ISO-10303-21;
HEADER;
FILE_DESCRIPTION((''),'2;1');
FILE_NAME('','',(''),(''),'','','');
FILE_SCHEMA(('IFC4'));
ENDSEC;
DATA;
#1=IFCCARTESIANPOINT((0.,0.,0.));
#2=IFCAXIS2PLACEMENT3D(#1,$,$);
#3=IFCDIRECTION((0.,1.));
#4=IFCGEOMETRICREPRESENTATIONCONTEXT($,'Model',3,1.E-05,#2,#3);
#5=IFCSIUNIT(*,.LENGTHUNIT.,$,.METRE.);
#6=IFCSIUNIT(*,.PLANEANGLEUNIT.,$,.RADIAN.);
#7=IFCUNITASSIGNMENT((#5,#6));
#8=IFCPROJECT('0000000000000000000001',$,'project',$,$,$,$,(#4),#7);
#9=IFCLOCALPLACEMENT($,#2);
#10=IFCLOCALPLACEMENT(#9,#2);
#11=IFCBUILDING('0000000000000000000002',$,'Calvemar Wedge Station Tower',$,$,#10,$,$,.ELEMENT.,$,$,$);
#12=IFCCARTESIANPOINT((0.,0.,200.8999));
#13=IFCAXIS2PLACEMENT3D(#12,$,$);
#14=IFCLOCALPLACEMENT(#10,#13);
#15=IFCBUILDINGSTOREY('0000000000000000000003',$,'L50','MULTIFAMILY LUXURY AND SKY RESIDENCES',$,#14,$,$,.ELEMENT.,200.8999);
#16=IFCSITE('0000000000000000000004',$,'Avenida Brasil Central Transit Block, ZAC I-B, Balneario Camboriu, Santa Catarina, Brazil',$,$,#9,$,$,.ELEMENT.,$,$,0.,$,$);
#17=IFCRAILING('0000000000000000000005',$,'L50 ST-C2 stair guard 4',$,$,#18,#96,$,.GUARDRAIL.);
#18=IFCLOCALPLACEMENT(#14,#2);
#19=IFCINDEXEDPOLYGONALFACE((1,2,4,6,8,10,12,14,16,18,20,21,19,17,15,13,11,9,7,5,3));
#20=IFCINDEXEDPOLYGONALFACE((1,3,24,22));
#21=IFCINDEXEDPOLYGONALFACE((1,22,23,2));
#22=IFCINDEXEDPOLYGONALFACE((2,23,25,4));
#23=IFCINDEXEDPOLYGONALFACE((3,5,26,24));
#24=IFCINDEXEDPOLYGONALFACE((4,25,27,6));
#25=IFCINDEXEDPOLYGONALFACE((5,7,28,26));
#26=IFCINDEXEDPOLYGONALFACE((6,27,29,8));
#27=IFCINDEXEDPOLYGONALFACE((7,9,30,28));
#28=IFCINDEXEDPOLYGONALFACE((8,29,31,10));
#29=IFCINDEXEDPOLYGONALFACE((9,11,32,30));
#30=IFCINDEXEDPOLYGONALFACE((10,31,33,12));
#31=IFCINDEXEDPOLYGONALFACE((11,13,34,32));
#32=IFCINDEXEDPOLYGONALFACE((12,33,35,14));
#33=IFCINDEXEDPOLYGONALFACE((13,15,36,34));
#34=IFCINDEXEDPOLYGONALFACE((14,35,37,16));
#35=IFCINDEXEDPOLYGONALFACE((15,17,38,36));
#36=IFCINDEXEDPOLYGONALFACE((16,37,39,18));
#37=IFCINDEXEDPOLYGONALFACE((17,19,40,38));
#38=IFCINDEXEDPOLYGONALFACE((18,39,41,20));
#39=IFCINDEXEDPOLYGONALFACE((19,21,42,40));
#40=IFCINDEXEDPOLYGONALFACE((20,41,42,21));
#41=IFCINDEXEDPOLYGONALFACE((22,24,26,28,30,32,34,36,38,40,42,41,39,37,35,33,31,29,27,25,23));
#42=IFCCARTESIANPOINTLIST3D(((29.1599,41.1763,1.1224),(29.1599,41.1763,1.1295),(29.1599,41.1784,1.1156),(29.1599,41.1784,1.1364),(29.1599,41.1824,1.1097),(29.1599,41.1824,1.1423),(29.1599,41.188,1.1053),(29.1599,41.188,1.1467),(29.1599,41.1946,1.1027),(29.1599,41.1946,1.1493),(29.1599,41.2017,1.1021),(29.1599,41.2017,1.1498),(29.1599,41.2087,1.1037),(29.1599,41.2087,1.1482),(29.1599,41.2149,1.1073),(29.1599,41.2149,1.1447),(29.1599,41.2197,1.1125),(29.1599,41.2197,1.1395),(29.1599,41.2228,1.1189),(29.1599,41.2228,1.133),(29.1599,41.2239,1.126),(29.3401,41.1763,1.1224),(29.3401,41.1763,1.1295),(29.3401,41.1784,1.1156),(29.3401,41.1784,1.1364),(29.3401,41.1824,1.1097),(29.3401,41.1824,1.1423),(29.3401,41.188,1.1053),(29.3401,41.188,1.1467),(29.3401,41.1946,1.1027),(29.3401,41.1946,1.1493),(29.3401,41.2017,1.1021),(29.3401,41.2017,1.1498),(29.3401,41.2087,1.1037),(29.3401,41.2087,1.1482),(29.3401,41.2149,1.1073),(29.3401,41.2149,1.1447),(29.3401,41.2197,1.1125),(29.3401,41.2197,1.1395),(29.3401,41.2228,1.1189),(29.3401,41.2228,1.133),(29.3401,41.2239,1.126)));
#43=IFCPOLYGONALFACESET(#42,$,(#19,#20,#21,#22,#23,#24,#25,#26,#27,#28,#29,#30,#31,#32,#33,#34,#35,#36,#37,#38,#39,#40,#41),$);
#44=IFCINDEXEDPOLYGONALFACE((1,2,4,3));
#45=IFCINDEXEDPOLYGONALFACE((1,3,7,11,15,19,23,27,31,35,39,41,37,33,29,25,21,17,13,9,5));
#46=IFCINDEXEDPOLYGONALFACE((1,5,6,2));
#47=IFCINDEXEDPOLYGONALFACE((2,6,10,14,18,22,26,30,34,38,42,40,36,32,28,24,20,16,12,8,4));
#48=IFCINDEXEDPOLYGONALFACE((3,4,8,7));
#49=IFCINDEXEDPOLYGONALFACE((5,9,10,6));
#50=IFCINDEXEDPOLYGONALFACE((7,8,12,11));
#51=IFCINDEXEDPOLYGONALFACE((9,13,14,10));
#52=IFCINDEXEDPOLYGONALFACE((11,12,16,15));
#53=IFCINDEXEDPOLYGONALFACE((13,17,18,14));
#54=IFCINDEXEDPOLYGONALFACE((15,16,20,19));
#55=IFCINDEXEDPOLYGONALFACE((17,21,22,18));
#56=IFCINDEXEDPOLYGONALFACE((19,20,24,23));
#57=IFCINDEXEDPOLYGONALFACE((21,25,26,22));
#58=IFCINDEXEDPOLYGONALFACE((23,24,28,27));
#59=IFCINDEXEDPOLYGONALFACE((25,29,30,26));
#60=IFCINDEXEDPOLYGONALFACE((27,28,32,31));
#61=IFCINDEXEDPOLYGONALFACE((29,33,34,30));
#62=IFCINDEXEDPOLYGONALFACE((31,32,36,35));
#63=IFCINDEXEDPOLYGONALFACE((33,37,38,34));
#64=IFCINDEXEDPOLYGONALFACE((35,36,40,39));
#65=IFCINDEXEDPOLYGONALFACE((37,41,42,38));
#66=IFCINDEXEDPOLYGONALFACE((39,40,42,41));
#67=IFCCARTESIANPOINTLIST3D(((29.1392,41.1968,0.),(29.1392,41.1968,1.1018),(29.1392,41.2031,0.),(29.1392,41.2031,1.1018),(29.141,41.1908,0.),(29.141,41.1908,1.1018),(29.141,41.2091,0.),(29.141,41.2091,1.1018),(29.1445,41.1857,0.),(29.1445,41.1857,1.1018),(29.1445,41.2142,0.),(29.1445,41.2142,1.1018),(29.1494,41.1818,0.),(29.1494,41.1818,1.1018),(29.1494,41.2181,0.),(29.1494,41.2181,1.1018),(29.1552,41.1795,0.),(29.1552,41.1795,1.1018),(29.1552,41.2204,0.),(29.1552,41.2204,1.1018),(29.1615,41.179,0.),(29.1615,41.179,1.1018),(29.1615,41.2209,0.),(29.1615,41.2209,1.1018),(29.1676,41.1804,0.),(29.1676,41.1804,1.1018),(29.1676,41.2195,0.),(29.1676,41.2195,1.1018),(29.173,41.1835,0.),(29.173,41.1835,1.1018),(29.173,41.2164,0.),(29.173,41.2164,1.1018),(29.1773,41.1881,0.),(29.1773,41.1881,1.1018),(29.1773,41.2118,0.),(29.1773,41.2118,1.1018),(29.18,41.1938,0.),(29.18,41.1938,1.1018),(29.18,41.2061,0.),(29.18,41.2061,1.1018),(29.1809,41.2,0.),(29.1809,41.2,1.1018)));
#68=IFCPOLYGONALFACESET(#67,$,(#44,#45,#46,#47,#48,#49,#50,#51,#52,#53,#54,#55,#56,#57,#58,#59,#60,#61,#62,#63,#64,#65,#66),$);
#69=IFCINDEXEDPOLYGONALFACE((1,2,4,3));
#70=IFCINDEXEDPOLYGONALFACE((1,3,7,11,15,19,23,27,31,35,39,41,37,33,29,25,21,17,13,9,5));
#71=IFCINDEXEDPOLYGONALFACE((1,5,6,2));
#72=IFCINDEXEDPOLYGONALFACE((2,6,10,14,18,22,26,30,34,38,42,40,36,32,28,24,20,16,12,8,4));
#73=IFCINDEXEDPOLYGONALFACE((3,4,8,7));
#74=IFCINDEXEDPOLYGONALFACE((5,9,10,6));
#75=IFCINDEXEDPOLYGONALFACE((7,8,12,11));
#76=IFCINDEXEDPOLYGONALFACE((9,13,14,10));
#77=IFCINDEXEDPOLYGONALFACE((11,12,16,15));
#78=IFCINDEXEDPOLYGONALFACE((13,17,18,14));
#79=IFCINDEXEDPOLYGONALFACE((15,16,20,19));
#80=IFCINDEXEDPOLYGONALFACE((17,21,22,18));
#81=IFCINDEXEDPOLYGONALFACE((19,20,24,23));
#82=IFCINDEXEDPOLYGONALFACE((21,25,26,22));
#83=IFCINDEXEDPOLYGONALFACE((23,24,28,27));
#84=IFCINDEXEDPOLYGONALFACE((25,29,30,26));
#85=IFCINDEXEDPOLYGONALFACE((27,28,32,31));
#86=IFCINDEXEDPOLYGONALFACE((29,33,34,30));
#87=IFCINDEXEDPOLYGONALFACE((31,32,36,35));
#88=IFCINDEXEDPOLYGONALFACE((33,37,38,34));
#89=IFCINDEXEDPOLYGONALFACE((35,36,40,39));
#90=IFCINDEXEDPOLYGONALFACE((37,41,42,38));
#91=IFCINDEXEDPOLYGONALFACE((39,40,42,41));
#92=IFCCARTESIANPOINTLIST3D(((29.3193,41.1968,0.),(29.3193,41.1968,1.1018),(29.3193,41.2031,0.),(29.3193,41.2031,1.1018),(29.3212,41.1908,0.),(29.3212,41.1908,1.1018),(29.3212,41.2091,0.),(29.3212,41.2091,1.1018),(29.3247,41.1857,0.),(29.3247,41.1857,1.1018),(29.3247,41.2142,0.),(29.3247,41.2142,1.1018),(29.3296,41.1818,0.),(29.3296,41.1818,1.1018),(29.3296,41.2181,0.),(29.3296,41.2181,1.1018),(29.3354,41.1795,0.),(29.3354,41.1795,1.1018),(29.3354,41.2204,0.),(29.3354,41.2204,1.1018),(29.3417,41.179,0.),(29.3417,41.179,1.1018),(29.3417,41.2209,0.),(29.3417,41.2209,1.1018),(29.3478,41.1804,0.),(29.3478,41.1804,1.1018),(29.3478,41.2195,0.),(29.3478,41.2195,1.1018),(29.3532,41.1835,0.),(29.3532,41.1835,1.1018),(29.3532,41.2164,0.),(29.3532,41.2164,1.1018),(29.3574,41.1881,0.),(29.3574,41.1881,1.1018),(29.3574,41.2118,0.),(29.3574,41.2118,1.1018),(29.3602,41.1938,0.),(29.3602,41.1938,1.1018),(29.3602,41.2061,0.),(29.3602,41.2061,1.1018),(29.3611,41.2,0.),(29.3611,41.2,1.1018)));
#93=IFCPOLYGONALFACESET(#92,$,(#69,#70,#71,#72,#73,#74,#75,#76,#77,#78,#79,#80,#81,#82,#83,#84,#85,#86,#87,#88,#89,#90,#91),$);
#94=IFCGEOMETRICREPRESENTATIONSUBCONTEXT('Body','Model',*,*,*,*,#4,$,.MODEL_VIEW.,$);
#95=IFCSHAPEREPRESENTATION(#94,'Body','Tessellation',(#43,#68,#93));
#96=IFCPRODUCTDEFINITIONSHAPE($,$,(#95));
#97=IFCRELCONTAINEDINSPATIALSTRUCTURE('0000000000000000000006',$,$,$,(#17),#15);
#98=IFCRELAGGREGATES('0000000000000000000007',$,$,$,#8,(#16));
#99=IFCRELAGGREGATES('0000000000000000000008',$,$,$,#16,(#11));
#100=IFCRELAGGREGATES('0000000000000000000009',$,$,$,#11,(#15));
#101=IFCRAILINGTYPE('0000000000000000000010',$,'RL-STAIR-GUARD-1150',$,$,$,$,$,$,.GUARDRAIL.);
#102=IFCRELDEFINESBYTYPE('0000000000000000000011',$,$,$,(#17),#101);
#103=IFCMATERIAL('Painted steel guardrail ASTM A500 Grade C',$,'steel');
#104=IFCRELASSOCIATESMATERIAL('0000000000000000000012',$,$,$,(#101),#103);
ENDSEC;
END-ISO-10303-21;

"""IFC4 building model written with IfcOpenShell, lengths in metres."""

from ifc_helpers import new_model, si_unit, direction, frame, origin, origin_2d, place, context, subcontext, project, spatial, circle, extrude, material, type_object, element, save


model = new_model("IFC4")

# Units and contexts
model_context = context("Model", 3, precision=1e-05, world=origin(), true_north=direction((0.0, 1.0)))
body_context = subcontext(model_context, "Body", "Model", "MODEL_VIEW")
ifc_project = project(units=[si_unit("LENGTHUNIT", "METRE"), si_unit("PLANEANGLEUNIT", "RADIAN")], contexts=[model_context])

# Site, building, storey
site_placement = place(None, origin())
site = spatial("IfcSite", under=ifc_project, at=site_placement, Name="Avenida Brasil Central Transit Block, ZAC I-B, Balneario Camboriu, Santa Catarina, Brazil", CompositionType="ELEMENT", RefElevation=0.0)
building_placement = place(site_placement, origin())
building = spatial("IfcBuilding", under=site, at=building_placement, Name="Calvemar Wedge Station Tower", CompositionType="ELEMENT")
storey_placement = place(building_placement, frame((0.0, 0.0, 200.8999)))
storey = spatial("IfcBuildingStorey", under=building, at=storey_placement, Name="L50", Description="MULTIFAMILY LUXURY AND SKY RESIDENCES", CompositionType="ELEMENT", Elevation=200.8999)

# Railing
ifc_material_1 = material(Name="Painted steel guardrail ASTM A500 Grade C", Category="steel")
railing_type_1 = type_object("IfcRailingType", Name="RL-STAIR-GUARD-1150", PredefinedType="GUARDRAIL", material=ifc_material_1)
railing_1_placement = place(storey_placement, frame((29.1599, 41.2, 0.0)))
element("IfcRailing", 1, at=railing_1_placement, inside=storey, type_object=railing_type_1, Name="L50 ST-C2 stair guard 4", PredefinedType="GUARDRAIL", context=body_context, shape_type="SweptSolid", body=[
    extrude(circle(Radius=0.0239, at=origin_2d()), frame((0.0, 0.0, 1.126), z_axis=(1.0, 0.0, 0.0), x_axis=(0.0, 1.0, 0.0)), (0.0, 0.0, 1.0), 0.1802),
    extrude(circle(Radius=0.021, at=origin_2d()), origin(), (0.0, 0.0, 1.0), 1.1018),
    extrude(circle(Radius=0.021, at=origin_2d()), frame((0.1802, 0.0, 0.0)), (0.0, 0.0, 1.0), 1.1018),
])

save(model, "model.ifc")
